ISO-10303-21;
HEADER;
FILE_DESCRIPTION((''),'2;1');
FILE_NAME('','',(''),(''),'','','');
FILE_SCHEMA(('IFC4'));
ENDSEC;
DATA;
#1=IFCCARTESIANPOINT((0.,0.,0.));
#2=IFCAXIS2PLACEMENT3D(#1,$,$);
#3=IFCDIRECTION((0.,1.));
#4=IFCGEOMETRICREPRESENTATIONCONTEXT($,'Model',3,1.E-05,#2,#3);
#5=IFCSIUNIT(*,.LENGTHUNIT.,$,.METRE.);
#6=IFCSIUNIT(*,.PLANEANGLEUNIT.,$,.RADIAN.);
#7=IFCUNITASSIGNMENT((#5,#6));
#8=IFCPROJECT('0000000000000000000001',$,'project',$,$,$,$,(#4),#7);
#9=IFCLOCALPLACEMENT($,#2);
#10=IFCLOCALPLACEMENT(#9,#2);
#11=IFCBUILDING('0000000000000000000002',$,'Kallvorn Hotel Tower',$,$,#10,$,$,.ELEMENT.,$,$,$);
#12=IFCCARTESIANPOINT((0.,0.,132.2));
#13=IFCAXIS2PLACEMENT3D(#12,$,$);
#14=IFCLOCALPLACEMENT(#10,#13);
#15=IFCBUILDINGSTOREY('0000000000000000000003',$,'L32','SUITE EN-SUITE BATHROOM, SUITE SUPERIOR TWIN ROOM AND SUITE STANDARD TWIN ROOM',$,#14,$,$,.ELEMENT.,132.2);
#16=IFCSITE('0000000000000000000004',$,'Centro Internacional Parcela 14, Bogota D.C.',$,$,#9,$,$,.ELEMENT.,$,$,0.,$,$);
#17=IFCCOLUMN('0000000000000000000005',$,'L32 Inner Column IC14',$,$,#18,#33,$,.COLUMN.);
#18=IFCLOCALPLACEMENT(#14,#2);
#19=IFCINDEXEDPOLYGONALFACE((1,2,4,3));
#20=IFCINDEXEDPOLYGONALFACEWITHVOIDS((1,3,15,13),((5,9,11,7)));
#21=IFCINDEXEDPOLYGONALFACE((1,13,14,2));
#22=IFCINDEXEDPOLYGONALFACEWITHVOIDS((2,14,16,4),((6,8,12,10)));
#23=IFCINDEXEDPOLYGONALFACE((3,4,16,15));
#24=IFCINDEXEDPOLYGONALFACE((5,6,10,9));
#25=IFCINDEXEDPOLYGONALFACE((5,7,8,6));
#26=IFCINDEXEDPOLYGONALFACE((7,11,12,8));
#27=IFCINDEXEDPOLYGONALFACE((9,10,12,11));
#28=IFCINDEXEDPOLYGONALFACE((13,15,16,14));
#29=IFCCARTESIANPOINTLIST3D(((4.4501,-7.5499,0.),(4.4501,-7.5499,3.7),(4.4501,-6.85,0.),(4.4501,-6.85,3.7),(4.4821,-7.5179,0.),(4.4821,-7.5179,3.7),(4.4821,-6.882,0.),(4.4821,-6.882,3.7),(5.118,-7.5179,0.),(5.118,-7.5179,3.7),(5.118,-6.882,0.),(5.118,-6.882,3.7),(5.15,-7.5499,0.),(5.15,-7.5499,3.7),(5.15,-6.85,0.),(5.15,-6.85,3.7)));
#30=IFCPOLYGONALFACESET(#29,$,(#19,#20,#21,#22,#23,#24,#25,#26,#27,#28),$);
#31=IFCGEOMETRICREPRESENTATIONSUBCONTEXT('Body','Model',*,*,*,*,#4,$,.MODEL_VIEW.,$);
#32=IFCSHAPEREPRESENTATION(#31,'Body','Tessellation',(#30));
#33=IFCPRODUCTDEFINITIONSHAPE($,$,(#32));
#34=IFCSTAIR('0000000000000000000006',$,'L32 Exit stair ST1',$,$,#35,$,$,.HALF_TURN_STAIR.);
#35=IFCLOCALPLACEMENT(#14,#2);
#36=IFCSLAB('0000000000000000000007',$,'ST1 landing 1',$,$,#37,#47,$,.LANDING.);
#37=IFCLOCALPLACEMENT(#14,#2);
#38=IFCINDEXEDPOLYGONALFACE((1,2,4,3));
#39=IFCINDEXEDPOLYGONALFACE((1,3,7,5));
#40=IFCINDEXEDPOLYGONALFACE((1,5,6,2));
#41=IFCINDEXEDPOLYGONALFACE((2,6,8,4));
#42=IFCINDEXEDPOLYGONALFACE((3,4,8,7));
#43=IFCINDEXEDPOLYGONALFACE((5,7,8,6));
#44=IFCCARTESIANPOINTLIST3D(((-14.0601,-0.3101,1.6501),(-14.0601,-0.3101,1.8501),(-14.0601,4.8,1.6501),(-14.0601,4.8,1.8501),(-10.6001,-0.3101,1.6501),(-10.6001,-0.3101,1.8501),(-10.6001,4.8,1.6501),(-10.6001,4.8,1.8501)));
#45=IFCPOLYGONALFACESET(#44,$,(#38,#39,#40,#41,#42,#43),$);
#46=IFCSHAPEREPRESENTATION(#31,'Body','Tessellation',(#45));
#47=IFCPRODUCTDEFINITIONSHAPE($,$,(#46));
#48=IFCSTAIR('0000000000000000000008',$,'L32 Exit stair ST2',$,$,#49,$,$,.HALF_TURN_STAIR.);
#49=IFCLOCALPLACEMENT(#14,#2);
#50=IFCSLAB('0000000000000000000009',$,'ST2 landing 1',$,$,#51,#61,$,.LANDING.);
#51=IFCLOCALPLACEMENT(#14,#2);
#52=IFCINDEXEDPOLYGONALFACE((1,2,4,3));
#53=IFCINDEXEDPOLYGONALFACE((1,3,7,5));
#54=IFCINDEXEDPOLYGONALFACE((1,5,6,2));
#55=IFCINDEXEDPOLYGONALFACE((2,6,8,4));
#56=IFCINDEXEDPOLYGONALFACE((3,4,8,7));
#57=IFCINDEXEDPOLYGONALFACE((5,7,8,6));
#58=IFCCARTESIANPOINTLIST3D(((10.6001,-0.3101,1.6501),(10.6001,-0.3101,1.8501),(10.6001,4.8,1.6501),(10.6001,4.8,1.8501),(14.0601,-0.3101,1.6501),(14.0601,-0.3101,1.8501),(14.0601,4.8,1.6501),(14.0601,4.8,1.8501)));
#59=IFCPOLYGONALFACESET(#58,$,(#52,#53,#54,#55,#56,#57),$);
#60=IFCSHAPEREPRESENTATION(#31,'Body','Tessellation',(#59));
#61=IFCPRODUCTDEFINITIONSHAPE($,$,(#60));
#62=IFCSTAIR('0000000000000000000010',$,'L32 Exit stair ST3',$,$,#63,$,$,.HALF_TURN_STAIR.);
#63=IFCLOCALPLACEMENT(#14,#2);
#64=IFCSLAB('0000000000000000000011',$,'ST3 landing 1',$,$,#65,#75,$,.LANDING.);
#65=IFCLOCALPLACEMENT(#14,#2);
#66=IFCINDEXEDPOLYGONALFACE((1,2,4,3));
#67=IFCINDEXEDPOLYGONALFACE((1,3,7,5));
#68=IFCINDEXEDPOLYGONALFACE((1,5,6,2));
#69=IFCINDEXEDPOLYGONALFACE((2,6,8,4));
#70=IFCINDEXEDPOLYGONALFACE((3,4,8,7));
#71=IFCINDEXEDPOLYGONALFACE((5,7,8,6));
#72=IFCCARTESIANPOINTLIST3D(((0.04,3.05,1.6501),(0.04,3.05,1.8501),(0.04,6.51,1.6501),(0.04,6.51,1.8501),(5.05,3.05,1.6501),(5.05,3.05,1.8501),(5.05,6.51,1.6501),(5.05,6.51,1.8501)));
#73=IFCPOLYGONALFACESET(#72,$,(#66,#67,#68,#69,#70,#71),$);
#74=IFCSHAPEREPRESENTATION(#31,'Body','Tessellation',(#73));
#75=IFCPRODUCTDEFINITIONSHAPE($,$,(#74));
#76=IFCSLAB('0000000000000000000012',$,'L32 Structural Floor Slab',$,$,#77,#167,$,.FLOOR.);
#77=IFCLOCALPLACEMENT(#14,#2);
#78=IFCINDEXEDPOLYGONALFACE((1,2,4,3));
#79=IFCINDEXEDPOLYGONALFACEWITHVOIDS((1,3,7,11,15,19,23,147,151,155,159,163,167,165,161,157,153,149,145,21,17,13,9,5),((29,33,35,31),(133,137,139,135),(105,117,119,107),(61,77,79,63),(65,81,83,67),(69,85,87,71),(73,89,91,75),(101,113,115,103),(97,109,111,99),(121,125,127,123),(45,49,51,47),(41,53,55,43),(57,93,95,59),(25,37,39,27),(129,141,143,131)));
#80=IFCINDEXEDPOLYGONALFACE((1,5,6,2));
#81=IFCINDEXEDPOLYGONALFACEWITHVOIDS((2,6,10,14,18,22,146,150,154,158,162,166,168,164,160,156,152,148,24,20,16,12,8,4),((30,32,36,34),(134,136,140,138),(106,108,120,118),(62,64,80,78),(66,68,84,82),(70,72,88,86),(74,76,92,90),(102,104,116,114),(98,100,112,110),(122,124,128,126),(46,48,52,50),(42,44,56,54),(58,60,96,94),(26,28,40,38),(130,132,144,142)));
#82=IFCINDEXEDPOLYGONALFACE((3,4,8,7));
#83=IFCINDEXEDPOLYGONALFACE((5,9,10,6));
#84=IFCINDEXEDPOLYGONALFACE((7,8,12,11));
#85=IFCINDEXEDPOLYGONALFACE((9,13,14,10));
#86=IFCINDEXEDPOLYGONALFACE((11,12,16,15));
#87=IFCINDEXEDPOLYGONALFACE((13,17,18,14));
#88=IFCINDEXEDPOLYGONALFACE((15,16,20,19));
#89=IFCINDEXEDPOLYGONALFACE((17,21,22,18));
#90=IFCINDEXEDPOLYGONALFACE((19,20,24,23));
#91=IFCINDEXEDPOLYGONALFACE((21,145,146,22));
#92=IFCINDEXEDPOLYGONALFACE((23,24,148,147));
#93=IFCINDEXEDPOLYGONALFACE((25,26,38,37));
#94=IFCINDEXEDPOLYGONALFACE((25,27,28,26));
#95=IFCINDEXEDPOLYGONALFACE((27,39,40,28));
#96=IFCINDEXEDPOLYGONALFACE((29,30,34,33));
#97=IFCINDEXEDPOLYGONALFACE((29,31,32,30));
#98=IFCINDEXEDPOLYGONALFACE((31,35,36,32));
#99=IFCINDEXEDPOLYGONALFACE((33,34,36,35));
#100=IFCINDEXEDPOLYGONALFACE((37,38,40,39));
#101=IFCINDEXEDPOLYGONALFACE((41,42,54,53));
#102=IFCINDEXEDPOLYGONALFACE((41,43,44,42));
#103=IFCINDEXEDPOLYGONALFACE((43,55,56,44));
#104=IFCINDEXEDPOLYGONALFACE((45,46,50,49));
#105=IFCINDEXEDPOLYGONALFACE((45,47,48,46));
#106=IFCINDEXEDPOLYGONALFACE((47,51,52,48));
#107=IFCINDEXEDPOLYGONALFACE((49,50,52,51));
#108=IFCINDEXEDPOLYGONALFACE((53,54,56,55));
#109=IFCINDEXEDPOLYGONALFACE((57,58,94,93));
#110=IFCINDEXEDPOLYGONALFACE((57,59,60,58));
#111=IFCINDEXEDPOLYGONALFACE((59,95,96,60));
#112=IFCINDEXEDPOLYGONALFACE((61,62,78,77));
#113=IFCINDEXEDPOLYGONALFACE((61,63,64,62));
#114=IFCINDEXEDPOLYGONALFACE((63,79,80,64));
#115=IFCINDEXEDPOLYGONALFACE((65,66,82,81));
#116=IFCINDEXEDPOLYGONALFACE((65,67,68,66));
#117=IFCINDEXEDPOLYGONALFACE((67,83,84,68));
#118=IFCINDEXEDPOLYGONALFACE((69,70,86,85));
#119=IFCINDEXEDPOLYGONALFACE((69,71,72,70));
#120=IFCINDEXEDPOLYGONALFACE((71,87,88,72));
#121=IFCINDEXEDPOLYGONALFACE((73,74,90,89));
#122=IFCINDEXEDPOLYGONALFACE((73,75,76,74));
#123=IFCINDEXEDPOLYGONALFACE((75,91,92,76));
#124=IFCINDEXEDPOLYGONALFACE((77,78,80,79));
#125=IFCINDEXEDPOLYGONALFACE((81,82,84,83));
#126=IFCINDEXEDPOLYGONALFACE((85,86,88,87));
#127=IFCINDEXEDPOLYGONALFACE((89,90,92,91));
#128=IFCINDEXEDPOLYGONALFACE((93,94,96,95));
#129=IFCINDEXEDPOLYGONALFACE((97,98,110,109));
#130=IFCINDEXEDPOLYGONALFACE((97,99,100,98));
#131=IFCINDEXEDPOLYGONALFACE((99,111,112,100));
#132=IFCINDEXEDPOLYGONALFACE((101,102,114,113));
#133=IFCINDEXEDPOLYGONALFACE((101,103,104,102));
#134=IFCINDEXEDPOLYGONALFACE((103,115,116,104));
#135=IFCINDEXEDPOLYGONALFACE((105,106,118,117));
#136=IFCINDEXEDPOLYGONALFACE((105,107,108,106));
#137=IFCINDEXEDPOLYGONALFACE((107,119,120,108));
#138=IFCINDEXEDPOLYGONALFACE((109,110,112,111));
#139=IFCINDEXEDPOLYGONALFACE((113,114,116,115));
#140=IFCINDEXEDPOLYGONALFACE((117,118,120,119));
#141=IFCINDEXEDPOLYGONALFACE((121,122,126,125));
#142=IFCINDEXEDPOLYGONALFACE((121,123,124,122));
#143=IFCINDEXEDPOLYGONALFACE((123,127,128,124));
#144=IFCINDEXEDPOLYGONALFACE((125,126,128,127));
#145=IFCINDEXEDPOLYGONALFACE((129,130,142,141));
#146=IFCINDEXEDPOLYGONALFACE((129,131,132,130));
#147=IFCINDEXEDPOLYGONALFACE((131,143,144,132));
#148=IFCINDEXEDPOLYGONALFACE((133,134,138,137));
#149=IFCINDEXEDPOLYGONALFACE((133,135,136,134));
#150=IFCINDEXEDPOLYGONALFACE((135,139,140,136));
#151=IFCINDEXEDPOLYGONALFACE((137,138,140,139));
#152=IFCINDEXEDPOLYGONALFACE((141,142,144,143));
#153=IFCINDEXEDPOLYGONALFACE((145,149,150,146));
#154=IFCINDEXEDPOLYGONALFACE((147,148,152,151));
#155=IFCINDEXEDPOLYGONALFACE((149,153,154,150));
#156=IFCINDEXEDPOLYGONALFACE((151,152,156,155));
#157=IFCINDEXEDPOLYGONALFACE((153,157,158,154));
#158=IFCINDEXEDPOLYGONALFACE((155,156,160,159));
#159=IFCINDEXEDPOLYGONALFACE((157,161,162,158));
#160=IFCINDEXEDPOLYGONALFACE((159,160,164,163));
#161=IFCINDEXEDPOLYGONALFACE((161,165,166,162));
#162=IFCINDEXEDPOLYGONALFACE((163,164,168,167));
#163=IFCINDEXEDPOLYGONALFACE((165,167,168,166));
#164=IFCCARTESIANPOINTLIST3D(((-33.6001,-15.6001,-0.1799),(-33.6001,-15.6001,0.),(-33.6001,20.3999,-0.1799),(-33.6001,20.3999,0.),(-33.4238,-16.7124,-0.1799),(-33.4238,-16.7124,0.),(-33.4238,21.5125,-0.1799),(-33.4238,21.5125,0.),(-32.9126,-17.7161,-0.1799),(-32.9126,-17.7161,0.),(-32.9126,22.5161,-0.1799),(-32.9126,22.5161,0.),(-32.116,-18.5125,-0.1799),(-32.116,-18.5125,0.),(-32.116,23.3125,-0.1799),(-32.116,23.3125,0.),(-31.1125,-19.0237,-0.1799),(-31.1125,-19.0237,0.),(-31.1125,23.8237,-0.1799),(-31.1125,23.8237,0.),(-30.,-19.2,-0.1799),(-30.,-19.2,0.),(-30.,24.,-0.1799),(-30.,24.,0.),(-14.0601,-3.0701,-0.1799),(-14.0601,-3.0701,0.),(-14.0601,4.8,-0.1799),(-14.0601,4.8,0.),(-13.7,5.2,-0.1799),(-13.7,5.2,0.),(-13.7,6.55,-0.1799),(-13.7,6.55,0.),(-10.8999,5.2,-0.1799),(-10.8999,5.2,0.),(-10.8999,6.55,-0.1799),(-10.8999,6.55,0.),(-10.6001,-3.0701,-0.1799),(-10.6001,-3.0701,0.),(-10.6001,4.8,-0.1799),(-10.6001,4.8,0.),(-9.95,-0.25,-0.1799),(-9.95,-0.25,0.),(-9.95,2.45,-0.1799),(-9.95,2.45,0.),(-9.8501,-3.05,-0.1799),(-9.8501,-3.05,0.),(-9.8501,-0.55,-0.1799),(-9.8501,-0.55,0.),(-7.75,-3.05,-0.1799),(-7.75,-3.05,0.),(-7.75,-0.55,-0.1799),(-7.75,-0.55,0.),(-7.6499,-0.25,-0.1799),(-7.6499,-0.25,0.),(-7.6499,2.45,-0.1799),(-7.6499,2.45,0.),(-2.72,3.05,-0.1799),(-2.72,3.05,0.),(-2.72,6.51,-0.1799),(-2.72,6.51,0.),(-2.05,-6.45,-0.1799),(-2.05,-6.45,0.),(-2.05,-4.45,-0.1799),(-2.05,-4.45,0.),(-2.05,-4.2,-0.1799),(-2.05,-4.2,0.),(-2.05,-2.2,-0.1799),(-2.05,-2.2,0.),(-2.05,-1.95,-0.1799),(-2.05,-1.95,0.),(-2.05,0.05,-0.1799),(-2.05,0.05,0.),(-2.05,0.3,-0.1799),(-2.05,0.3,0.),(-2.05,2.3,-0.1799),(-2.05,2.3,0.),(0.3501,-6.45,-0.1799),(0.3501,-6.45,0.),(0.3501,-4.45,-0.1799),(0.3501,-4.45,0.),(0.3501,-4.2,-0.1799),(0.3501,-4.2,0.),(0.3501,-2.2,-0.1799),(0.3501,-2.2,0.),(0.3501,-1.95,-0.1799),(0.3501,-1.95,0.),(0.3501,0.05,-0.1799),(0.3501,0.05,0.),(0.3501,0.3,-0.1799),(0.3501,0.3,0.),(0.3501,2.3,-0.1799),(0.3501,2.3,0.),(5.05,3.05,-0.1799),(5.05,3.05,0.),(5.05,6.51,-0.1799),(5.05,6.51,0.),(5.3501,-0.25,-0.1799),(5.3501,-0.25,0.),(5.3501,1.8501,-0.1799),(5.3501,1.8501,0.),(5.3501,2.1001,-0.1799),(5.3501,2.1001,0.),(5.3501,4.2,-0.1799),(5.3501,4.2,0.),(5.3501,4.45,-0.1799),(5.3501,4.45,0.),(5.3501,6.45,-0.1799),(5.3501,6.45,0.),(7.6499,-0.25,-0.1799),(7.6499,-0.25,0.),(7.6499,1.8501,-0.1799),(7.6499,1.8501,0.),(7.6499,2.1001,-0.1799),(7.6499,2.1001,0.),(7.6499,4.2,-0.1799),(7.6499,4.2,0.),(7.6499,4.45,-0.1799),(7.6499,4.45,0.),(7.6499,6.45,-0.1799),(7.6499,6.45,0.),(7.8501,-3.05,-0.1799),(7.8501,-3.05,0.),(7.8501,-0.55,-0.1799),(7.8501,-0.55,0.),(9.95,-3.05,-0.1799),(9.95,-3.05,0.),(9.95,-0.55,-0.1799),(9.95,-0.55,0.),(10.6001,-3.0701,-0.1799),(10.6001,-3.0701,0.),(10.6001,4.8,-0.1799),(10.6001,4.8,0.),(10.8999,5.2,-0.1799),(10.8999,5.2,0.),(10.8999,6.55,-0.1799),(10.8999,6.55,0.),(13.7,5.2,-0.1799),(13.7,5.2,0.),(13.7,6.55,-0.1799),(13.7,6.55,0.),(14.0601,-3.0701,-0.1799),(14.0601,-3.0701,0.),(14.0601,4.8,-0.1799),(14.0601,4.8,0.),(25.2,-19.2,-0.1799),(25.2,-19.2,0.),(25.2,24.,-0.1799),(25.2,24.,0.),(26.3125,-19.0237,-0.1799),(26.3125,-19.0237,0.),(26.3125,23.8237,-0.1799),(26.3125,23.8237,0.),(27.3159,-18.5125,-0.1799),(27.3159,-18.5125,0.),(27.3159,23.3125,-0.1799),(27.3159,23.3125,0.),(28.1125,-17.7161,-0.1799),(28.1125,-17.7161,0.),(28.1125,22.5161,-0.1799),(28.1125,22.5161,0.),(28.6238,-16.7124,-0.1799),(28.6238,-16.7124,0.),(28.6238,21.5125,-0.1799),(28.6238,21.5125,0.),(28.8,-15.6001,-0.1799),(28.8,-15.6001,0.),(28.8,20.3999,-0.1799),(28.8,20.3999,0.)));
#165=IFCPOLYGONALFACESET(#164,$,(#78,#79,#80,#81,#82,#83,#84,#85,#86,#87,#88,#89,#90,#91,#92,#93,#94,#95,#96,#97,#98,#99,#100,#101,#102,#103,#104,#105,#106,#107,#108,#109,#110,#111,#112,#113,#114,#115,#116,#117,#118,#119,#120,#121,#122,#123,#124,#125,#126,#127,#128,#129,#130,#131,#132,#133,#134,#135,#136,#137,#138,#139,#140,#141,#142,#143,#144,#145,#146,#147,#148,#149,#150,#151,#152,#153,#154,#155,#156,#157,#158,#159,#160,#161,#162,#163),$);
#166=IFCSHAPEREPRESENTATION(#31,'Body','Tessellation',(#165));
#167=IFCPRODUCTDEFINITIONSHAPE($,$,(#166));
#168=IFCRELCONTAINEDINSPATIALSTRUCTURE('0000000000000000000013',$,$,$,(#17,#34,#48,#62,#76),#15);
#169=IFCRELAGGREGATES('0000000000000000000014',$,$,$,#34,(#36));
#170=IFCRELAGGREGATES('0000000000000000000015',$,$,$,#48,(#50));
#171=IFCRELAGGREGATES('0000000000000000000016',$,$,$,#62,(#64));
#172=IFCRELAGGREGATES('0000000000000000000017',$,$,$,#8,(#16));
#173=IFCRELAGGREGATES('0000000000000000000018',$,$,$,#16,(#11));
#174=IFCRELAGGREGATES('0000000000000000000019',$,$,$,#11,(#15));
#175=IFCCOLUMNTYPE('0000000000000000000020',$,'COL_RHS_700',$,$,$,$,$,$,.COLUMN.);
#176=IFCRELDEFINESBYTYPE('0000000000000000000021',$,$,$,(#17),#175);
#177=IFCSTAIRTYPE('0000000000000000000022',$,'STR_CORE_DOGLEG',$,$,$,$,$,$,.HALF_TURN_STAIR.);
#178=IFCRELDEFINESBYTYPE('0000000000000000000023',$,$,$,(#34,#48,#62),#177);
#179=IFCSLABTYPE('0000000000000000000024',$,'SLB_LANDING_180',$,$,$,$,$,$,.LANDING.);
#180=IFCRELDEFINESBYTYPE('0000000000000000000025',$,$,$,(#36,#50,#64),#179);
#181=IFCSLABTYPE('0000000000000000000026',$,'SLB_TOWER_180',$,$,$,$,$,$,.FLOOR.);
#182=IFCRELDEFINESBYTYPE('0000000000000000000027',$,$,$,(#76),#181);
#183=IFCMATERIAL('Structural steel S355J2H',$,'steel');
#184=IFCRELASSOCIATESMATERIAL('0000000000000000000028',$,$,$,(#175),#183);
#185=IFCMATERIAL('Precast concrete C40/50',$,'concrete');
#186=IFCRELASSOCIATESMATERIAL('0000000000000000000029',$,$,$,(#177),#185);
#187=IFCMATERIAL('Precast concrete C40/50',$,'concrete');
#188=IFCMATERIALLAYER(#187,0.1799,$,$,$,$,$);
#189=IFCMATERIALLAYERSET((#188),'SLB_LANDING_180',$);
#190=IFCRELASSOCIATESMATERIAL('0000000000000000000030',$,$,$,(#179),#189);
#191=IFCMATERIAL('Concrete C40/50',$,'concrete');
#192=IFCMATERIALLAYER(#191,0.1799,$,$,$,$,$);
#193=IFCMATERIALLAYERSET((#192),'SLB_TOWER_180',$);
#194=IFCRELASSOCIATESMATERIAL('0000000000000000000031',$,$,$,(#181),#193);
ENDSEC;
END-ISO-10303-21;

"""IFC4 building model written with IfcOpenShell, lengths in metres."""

from ifc_helpers import new_model, si_unit, direction, frame, origin, origin_2d, place, context, subcontext, project, spatial, polyline, hollow_rectangle, outline, extrude, material, layer, layer_set, material_profile, profile_set, type_object, element, aggregate, save


model = new_model("IFC4")

# Units and contexts
model_context = context("Model", 3, precision=1e-05, world=origin(), true_north=direction((0.0, 1.0)))
body_context = subcontext(model_context, "Body", "Model", "MODEL_VIEW")
ifc_project = project(units=[si_unit("LENGTHUNIT", "METRE"), si_unit("PLANEANGLEUNIT", "RADIAN")], contexts=[model_context])

# Site, building, storey
site_placement = place(None, origin())
site = spatial("IfcSite", under=ifc_project, at=site_placement, Name="Centro Internacional Parcela 14, Bogota D.C.", CompositionType="ELEMENT", RefElevation=0.0)
building_placement = place(site_placement, origin())
building = spatial("IfcBuilding", under=site, at=building_placement, Name="Kallvorn Hotel Tower", CompositionType="ELEMENT")
storey_placement = place(building_placement, frame((0.0, 0.0, 132.2)))
storey = spatial("IfcBuildingStorey", under=building, at=storey_placement, Name="L32", Description="SUITE EN-SUITE BATHROOM, SUITE SUPERIOR TWIN ROOM AND SUITE STANDARD TWIN ROOM", CompositionType="ELEMENT", Elevation=132.2)

# Column
ifc_material_1 = material(Name="Structural steel S355J2H", Category="steel")
ifc_material_profile = material_profile(ifc_material_1, hollow_rectangle(XDim=0.7, YDim=0.7, WallThickness=0.032, at=origin_2d()), Name="RHS 700x700x32")
ifc_profile_set = profile_set([ifc_material_profile], Name="Structural steel S355J2H")
column_type = type_object("IfcColumnType", Name="COL_RHS_700", PredefinedType="COLUMN", material=ifc_profile_set)
column_placement = place(storey_placement, frame((4.8, -7.2, 0.0), z_axis=(0.0, 0.0, 1.0), x_axis=(1.0, 0.0, 0.0)))
element("IfcColumn", 1, at=column_placement, inside=storey, type_object=column_type, Name="L32 Inner Column IC14", PredefinedType="COLUMN", context=body_context, shape_type="SweptSolid", body=[
    extrude(hollow_rectangle(XDim=0.7, YDim=0.7, WallThickness=0.032, at=origin_2d()), origin(), (0.0, 0.0, 1.0), 3.7),
])

# Stairs, slabs
ifc_material_2 = material(Name="Precast concrete C40/50", Category="concrete")
stair_type = type_object("IfcStairType", Name="STR_CORE_DOGLEG", PredefinedType="HALF_TURN_STAIR", material=ifc_material_2)
stair_1_placement = place(storey_placement, origin())
stair_1 = element("IfcStair", 2, at=stair_1_placement, inside=storey, type_object=stair_type, Name="L32 Exit stair ST1", PredefinedType="HALF_TURN_STAIR")
ifc_material_3 = material(Name="Precast concrete C40/50", Category="concrete")
ifc_layer_1 = layer(ifc_material_3, 0.1799)
ifc_layer_set_1 = layer_set([ifc_layer_1], Name="SLB_LANDING_180")
slab_type_1 = type_object("IfcSlabType", Name="SLB_LANDING_180", PredefinedType="LANDING", material=ifc_layer_set_1)
slab_1_placement = place(storey_placement, frame((0.0, 0.0, 1.6501)))
slab_1 = element("IfcSlab", 3, at=slab_1_placement, type_object=slab_type_1, Name="ST1 landing 1", PredefinedType="LANDING", context=body_context, shape_type="SweptSolid", body=[
    extrude(outline(polyline([(-10.6001, -0.3101), (-10.6001, 4.8), (-14.0601, 4.8), (-14.0601, -0.3101), (-10.6001, -0.3101)])), origin(), (0.0, 0.0, 1.0), 0.2),
])
aggregate(stair_1, [slab_1])
stair_2_placement = place(storey_placement, origin())
stair_2 = element("IfcStair", 4, at=stair_2_placement, inside=storey, type_object=stair_type, Name="L32 Exit stair ST2", PredefinedType="HALF_TURN_STAIR")
slab_2_placement = place(storey_placement, frame((0.0, 0.0, 1.6501)))
slab_2 = element("IfcSlab", 5, at=slab_2_placement, type_object=slab_type_1, Name="ST2 landing 1", PredefinedType="LANDING", context=body_context, shape_type="SweptSolid", body=[
    extrude(outline(polyline([(14.0601, -0.3101), (14.0601, 4.8), (10.6001, 4.8), (10.6001, -0.3101), (14.0601, -0.3101)])), origin(), (0.0, 0.0, 1.0), 0.2),
])
aggregate(stair_2, [slab_2])
stair_3_placement = place(storey_placement, origin())
stair_3 = element("IfcStair", 6, at=stair_3_placement, inside=storey, type_object=stair_type, Name="L32 Exit stair ST3", PredefinedType="HALF_TURN_STAIR")
slab_3_placement = place(storey_placement, frame((0.0, 0.0, 1.6501)))
slab_3 = element("IfcSlab", 7, at=slab_3_placement, type_object=slab_type_1, Name="ST3 landing 1", PredefinedType="LANDING", context=body_context, shape_type="SweptSolid", body=[
    extrude(outline(polyline([(0.04, 3.05), (5.05, 3.05), (5.05, 6.51), (0.04, 6.51), (0.04, 3.05)])), origin(), (0.0, 0.0, 1.0), 0.2),
])
aggregate(stair_3, [slab_3])

# Slab
ifc_material_4 = material(Name="Concrete C40/50", Category="concrete")
ifc_layer_2 = layer(ifc_material_4, 0.1799)
ifc_layer_set_2 = layer_set([ifc_layer_2], Name="SLB_TOWER_180")
slab_type_2 = type_object("IfcSlabType", Name="SLB_TOWER_180", PredefinedType="FLOOR", material=ifc_layer_set_2)
slab_4_placement = place(storey_placement, frame((0.0, 0.0, -0.1799)))
element("IfcSlab", 8, at=slab_4_placement, inside=storey, type_object=slab_type_2, Name="L32 Structural Floor Slab", PredefinedType="FLOOR", context=body_context, shape_type="SweptSolid", body=[
    extrude(outline(polyline([(25.2, -19.2), (26.3125, -19.0237), (27.3159, -18.5125), (28.1125, -17.7161), (28.6238, -16.7124), (28.8, -15.6001), (28.8, 20.3999), (28.6238, 21.5125), (28.1125, 22.5161), (27.3159, 23.3125), (26.3125, 23.8237), (25.2, 24.0), (-30.0, 24.0), (-31.1125, 23.8237), (-32.116, 23.3125), (-32.9126, 22.5161), (-33.4238, 21.5125), (-33.6001, 20.3999), (-33.6001, -15.6001), (-33.4238, -16.7124), (-32.9126, -17.7161), (-32.116, -18.5125), (-31.1125, -19.0237), (-30.0, -19.2), (25.2, -19.2)]), holes=[polyline([(-10.6001, -3.0701), (-10.6001, 4.8), (-14.0601, 4.8), (-14.0601, -3.0701), (-10.6001, -3.0701)]), polyline([(14.0601, -3.0701), (14.0601, 4.8), (10.6001, 4.8), (10.6001, -3.0701), (14.0601, -3.0701)]), polyline([(-2.72, 3.05), (5.05, 3.05), (5.05, 6.51), (-2.72, 6.51), (-2.72, 3.05)]), polyline([(-2.05, -6.45), (0.3501, -6.45), (0.3501, -4.45), (-2.05, -4.45), (-2.05, -6.45)]), polyline([(-2.05, -4.2), (0.3501, -4.2), (0.3501, -2.2), (-2.05, -2.2), (-2.05, -4.2)]), polyline([(-2.05, -1.95), (0.3501, -1.95), (0.3501, 0.05), (-2.05, 0.05), (-2.05, -1.95)]), polyline([(-2.05, 0.3), (0.3501, 0.3), (0.3501, 2.3), (-2.05, 2.3), (-2.05, 0.3)]), polyline([(5.3501, -0.25), (7.6499, -0.25), (7.6499, 1.8501), (5.3501, 1.8501), (5.3501, -0.25)]), polyline([(5.3501, 2.1001), (7.6499, 2.1001), (7.6499, 4.2), (5.3501, 4.2), (5.3501, 2.1001)]), polyline([(5.3501, 4.45), (7.6499, 4.45), (7.6499, 6.45), (5.3501, 6.45), (5.3501, 4.45)]), polyline([(-9.8501, -3.05), (-7.75, -3.05), (-7.75, -0.55), (-9.8501, -0.55), (-9.8501, -3.05)]), polyline([(7.8501, -3.05), (9.95, -3.05), (9.95, -0.55), (7.8501, -0.55), (7.8501, -3.05)]), polyline([(-9.95, -0.25), (-7.6499, -0.25), (-7.6499, 2.45), (-9.95, 2.45), (-9.95, -0.25)]), polyline([(-13.7, 5.2), (-10.8999, 5.2), (-10.8999, 6.55), (-13.7, 6.55), (-13.7, 5.2)]), polyline([(10.8999, 5.2), (13.7, 5.2), (13.7, 6.55), (10.8999, 6.55), (10.8999, 5.2)])]), origin(), (0.0, 0.0, 1.0), 0.1799),
])

save(model, "model.ifc")
